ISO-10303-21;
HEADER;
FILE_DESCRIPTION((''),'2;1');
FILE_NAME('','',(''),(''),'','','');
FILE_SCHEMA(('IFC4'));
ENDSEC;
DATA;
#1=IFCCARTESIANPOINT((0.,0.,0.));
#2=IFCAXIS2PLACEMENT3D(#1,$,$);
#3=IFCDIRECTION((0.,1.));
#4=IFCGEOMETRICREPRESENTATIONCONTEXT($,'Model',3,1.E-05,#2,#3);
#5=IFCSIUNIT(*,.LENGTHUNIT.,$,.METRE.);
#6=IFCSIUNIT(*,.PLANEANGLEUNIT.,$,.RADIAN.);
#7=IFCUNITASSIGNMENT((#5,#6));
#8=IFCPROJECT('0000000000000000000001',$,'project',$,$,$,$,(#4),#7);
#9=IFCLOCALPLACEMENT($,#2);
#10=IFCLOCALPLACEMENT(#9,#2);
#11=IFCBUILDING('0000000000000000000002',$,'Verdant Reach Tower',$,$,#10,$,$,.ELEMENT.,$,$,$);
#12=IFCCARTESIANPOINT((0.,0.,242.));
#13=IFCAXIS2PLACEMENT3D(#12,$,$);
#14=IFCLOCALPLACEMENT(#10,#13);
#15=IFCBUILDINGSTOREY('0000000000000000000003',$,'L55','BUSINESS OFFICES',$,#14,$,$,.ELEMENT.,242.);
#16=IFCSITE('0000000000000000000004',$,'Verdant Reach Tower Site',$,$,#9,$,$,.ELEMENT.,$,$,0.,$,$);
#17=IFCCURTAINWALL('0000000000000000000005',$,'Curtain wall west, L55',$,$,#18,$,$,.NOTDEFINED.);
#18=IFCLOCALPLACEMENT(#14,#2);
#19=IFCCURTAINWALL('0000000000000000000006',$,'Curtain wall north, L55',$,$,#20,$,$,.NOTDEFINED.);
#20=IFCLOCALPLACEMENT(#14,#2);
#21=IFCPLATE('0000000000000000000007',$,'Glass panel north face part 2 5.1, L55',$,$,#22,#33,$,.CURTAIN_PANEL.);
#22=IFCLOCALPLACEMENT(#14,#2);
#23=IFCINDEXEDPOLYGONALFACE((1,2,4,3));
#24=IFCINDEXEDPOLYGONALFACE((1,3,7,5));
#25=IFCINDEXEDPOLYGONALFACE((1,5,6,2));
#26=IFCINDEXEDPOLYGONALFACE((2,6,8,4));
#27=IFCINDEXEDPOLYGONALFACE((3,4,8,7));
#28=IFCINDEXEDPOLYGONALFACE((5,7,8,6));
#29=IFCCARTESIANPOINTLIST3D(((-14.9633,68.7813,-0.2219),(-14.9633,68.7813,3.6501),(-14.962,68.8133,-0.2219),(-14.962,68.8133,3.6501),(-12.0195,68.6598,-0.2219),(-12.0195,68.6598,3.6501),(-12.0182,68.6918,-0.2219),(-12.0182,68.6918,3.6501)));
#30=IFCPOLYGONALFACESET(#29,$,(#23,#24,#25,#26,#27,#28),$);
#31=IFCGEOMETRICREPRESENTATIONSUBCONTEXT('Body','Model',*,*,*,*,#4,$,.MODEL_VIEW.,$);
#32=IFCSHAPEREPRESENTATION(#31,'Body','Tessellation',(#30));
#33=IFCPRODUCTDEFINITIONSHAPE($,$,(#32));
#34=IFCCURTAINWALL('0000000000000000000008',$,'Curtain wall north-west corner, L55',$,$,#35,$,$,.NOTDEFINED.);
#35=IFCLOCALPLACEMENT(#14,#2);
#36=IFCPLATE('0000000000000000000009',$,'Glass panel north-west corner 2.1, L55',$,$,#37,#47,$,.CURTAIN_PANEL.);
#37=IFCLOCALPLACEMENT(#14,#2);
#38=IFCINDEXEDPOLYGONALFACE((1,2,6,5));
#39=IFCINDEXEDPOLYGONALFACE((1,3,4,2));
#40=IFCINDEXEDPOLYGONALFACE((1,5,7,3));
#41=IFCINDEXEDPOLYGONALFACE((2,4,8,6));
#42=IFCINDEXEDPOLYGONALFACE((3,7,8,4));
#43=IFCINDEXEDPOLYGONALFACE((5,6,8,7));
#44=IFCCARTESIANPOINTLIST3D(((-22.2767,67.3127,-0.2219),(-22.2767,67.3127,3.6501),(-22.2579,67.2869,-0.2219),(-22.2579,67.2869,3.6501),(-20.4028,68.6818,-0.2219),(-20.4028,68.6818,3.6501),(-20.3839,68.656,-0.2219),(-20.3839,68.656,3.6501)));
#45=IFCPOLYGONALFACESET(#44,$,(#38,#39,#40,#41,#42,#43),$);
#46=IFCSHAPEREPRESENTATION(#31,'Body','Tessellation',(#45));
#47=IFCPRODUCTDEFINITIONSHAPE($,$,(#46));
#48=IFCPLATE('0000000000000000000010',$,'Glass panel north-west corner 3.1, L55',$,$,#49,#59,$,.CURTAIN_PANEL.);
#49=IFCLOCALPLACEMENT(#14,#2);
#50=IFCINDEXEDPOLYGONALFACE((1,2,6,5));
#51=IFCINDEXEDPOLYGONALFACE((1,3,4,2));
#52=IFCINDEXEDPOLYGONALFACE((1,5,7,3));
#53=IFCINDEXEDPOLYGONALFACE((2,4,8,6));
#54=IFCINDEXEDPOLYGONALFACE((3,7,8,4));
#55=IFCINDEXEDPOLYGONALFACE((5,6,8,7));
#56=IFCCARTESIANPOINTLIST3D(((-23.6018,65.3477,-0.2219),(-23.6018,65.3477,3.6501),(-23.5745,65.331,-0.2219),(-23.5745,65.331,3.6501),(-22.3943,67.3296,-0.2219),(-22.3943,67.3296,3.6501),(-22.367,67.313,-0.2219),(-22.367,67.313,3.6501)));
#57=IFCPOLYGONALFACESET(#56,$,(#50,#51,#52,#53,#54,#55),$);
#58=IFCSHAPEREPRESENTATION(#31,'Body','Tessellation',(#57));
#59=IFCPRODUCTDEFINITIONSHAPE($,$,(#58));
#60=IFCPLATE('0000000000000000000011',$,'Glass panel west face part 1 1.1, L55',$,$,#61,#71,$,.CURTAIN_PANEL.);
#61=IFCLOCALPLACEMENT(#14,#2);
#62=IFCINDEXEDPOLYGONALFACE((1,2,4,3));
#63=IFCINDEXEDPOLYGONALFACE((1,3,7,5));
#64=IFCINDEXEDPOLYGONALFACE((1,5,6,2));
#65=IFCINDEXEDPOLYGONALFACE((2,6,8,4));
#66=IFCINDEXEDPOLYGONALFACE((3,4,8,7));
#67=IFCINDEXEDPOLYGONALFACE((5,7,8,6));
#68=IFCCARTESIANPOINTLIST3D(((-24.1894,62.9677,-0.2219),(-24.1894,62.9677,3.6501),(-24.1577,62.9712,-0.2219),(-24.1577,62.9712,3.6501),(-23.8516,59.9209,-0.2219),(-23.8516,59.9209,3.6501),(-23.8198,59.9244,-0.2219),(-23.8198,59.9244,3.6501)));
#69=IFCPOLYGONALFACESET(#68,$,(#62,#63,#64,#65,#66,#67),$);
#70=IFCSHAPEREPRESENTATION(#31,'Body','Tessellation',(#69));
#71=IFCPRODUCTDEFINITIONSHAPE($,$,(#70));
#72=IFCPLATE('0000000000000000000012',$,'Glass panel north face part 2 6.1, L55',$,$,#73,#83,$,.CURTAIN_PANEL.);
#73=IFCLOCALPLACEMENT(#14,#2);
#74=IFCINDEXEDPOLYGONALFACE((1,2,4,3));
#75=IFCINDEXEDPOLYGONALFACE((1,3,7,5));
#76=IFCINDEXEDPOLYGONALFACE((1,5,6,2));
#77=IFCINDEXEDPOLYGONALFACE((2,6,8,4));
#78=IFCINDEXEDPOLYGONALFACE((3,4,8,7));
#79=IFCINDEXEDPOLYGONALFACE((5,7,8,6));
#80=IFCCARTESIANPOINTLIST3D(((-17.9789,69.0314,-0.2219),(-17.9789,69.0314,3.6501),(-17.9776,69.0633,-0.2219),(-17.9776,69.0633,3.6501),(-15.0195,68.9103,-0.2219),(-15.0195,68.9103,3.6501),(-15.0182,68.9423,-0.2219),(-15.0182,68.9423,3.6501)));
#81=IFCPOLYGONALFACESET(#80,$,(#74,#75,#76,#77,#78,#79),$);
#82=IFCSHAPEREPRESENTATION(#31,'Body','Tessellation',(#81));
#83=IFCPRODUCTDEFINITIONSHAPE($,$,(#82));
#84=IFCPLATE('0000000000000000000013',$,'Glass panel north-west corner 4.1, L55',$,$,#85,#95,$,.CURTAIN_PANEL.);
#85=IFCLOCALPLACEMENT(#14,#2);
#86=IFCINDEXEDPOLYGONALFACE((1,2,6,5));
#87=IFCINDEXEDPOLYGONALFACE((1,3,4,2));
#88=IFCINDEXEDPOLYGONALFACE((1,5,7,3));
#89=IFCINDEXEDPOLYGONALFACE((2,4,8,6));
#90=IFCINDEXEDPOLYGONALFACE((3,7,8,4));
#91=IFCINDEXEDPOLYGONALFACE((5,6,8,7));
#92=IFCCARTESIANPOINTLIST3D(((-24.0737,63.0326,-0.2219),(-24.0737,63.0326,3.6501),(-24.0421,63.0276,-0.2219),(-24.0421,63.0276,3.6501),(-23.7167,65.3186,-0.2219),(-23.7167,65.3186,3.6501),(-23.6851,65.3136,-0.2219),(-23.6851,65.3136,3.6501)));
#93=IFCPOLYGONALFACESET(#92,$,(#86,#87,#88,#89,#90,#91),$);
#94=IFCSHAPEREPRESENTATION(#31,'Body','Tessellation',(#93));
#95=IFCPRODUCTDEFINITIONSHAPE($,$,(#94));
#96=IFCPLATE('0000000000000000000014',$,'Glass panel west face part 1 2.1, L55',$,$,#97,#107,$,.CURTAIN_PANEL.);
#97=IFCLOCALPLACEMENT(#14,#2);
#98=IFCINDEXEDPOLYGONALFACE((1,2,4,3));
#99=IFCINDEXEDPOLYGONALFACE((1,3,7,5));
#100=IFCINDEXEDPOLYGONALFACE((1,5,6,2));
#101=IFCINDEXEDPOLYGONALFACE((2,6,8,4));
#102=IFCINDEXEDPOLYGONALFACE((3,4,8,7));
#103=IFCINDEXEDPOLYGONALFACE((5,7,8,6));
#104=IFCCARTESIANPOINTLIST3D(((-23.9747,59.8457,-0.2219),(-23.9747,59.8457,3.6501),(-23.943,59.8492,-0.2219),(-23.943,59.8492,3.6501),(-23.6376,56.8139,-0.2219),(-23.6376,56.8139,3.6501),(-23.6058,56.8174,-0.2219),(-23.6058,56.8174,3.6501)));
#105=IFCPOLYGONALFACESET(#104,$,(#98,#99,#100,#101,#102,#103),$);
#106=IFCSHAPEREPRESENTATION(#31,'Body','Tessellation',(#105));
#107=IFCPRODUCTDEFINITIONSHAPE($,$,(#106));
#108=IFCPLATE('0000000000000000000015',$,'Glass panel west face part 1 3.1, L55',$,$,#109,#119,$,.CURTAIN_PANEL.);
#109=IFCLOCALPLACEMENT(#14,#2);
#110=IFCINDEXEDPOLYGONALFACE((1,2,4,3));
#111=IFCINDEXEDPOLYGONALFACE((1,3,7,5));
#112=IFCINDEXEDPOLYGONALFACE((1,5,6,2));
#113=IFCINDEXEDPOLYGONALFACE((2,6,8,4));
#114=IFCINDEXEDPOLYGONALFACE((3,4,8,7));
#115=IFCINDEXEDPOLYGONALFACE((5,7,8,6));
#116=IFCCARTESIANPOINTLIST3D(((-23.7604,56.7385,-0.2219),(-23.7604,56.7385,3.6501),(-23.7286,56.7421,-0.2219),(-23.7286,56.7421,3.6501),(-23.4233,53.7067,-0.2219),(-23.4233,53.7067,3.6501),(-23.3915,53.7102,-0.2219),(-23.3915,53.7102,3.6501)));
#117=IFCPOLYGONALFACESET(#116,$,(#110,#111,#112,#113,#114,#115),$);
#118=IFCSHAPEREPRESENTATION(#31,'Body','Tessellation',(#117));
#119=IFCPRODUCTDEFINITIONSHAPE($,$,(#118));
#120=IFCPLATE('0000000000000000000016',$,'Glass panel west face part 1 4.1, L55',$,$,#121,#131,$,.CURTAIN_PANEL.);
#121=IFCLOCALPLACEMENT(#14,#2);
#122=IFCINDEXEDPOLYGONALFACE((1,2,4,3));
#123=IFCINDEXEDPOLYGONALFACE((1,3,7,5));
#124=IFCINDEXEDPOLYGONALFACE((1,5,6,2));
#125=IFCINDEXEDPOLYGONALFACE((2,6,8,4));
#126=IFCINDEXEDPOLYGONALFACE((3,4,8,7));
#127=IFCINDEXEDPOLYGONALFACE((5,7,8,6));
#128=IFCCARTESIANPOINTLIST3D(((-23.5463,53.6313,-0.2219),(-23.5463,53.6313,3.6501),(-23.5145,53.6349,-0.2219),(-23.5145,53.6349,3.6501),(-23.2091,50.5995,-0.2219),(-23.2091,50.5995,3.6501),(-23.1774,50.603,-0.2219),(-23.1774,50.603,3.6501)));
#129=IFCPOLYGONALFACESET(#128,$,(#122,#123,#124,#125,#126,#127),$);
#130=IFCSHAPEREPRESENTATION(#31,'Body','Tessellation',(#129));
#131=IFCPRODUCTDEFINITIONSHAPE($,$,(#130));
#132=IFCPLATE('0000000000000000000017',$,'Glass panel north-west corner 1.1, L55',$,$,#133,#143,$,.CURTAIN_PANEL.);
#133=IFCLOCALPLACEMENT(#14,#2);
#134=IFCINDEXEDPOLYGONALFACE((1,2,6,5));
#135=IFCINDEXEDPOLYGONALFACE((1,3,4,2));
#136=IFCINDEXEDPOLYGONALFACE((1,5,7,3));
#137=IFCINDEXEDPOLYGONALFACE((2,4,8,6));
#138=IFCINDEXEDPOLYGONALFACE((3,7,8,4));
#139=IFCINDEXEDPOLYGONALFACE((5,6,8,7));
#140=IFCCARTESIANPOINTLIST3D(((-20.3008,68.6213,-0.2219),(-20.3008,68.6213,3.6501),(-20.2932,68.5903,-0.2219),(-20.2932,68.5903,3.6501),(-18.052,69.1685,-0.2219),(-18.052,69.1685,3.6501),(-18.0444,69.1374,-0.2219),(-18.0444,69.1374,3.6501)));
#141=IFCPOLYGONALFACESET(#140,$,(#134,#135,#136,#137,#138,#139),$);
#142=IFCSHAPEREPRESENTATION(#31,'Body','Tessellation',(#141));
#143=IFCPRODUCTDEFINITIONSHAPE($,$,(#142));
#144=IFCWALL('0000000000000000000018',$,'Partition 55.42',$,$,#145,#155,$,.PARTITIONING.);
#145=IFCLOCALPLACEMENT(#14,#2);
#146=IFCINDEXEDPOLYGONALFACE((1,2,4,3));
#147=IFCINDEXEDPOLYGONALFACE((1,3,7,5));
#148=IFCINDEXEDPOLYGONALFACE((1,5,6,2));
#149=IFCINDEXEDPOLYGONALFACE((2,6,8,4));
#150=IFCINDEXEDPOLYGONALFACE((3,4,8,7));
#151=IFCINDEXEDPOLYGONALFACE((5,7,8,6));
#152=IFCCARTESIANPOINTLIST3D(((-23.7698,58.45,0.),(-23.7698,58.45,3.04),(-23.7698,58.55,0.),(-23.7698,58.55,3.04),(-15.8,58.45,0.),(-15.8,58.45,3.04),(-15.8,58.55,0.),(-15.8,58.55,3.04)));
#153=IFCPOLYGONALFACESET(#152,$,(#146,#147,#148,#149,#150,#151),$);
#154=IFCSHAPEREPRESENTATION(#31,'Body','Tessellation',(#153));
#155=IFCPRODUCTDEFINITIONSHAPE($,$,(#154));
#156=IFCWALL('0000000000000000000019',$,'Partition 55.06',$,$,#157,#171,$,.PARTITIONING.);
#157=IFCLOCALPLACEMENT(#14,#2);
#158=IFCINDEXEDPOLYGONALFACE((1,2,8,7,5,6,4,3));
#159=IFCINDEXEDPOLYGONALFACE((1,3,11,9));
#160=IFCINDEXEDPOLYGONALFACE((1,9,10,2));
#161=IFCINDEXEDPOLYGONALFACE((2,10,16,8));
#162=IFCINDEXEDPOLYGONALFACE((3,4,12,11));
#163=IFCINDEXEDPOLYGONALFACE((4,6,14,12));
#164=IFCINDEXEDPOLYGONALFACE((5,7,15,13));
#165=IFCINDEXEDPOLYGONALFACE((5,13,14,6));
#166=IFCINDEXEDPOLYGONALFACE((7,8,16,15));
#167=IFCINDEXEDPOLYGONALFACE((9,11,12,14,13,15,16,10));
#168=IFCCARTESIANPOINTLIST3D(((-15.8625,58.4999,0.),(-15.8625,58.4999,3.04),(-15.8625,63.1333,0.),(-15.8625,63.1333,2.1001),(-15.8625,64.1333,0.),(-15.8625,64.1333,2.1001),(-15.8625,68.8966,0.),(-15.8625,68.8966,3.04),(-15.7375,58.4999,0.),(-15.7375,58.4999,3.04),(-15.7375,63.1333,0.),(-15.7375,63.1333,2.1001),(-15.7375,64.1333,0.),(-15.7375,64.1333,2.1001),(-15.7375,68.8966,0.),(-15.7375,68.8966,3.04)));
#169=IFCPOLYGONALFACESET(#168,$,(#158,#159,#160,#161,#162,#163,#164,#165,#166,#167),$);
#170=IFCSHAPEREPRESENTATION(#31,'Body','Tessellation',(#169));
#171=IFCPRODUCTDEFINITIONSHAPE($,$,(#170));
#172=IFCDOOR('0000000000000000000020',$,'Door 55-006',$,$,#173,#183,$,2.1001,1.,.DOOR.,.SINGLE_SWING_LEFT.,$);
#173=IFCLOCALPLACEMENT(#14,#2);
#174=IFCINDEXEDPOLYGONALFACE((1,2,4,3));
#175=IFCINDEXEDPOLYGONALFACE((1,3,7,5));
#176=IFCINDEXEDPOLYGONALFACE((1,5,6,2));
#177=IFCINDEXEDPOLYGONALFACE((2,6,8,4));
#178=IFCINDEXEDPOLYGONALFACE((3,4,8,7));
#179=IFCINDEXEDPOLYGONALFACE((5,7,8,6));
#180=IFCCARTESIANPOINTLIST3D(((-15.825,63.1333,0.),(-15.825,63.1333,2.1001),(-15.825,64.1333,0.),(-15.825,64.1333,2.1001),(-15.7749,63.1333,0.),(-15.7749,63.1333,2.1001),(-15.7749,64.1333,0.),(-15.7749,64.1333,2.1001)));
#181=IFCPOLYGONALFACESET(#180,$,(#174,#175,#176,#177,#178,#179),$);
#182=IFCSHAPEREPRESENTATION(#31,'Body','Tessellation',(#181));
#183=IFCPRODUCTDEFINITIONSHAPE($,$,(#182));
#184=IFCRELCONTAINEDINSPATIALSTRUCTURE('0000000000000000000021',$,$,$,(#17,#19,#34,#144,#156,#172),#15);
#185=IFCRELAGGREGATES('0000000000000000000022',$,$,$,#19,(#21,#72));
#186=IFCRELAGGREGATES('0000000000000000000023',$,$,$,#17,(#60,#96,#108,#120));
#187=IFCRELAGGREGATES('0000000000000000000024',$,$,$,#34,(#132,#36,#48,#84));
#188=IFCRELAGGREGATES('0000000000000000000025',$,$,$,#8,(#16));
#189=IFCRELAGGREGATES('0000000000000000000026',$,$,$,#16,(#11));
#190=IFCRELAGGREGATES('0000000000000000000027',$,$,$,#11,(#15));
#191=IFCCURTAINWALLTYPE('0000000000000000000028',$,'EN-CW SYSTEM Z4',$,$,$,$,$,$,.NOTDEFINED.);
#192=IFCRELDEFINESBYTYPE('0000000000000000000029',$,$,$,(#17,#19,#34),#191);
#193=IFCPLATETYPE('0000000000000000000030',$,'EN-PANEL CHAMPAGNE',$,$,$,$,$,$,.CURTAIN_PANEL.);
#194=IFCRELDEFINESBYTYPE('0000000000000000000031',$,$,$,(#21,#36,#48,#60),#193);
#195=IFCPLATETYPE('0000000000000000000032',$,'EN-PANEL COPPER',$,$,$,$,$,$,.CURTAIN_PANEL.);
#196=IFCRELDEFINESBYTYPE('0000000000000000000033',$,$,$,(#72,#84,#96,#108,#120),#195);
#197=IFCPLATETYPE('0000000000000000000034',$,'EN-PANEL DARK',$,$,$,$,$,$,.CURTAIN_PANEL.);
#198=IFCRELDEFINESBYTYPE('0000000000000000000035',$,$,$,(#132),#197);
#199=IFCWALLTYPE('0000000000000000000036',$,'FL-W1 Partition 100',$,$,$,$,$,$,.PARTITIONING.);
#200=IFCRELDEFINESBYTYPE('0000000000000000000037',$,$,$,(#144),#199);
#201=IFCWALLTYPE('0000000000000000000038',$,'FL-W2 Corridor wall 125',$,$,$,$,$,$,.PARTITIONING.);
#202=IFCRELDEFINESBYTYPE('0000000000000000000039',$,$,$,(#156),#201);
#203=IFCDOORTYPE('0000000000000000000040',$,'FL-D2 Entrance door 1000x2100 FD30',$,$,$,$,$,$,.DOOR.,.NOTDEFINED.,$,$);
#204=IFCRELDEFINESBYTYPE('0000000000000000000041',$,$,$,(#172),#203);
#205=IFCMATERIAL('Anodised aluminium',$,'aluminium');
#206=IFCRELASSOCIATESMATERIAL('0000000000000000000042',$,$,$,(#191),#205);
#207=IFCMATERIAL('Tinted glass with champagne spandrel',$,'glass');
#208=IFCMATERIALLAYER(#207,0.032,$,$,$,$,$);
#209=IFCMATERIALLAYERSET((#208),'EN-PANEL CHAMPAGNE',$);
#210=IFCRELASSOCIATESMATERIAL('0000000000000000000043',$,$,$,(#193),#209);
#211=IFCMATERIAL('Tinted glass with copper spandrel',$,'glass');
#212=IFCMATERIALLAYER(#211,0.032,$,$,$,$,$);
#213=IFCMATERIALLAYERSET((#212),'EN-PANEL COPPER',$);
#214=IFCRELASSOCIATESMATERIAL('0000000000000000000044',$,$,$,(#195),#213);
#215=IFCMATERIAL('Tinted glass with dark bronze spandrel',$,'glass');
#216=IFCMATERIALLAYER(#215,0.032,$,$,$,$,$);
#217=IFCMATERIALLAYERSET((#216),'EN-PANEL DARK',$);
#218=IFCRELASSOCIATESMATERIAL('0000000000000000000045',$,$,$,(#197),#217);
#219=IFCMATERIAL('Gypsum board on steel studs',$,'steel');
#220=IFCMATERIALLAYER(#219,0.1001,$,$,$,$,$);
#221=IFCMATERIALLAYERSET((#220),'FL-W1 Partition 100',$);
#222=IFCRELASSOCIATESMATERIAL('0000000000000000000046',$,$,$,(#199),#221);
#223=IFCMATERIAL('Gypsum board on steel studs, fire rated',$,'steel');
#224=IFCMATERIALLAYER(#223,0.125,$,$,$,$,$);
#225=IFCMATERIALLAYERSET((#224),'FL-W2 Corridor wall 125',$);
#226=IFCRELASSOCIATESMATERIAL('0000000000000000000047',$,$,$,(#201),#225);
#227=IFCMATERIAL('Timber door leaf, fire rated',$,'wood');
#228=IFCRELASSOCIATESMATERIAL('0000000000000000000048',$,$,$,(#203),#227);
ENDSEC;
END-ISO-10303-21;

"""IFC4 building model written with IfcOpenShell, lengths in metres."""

from ifc_helpers import new_model, si_unit, direction, frame, frame_2d, origin, origin_2d, place, context, subcontext, project, spatial, rectangle, extrude, material, layer, layer_set, type_object, element, fill, aggregate, save


model = new_model("IFC4")

# Units and contexts
model_context = context("Model", 3, precision=1e-05, world=origin(), true_north=direction((0.0, 1.0)))
body_context = subcontext(model_context, "Body", "Model", "MODEL_VIEW")
ifc_project = project(units=[si_unit("LENGTHUNIT", "METRE"), si_unit("PLANEANGLEUNIT", "RADIAN")], contexts=[model_context])

# Site, building, storey
site_placement = place(None, origin())
site = spatial("IfcSite", under=ifc_project, at=site_placement, Name="Verdant Reach Tower Site", CompositionType="ELEMENT", RefElevation=0.0)
building_placement = place(site_placement, origin())
building = spatial("IfcBuilding", under=site, at=building_placement, Name="Verdant Reach Tower", CompositionType="ELEMENT")
storey_placement = place(building_placement, frame((0.0, 0.0, 242.0)))
storey = spatial("IfcBuildingStorey", under=building, at=storey_placement, Name="L55", Description="BUSINESS OFFICES", CompositionType="ELEMENT", Elevation=242.0)

# Curtain wall
ifc_material_1 = material(Name="Anodised aluminium", Category="aluminium")
curtain_wall_type = type_object("IfcCurtainWallType", Name="EN-CW SYSTEM Z4", PredefinedType="NOTDEFINED", material=ifc_material_1)
curtain_wall_1_placement = place(storey_placement, origin())
curtain_wall_1 = element("IfcCurtainWall", 1, at=curtain_wall_1_placement, inside=storey, type_object=curtain_wall_type, Name="Curtain wall west, L55", PredefinedType="NOTDEFINED")

# Curtain wall, plate
curtain_wall_2_placement = place(storey_placement, origin())
curtain_wall_2 = element("IfcCurtainWall", 2, at=curtain_wall_2_placement, inside=storey, type_object=curtain_wall_type, Name="Curtain wall north, L55", PredefinedType="NOTDEFINED")
ifc_material_2 = material(Name="Tinted glass with champagne spandrel", Category="glass")
ifc_layer_1 = layer(ifc_material_2, 0.032)
ifc_layer_set_1 = layer_set([ifc_layer_1], Name="EN-PANEL CHAMPAGNE")
plate_type_1 = type_object("IfcPlateType", Name="EN-PANEL CHAMPAGNE", PredefinedType="CURTAIN_PANEL", material=ifc_layer_set_1)
plate_1_placement = place(storey_placement, frame((-13.4907, 68.7366, -0.2219), z_axis=(0.0, 0.0, 1.0), x_axis=(-0.999149, 0.041242, 0.0)))
plate_1 = element("IfcPlate", 3, at=plate_1_placement, type_object=plate_type_1, Name="Glass panel north face part 2 5.1, L55", PredefinedType="CURTAIN_PANEL", context=body_context, shape_type="SweptSolid", body=[
    extrude(rectangle(XDim=2.9463, YDim=0.032, at=origin_2d()), origin(), (0.0, 0.0, 1.0), 3.8721),
])

# Curtain wall, plates
curtain_wall_3_placement = place(storey_placement, origin())
curtain_wall_3 = element("IfcCurtainWall", 4, at=curtain_wall_3_placement, inside=storey, type_object=curtain_wall_type, Name="Curtain wall north-west corner, L55", PredefinedType="NOTDEFINED")
plate_2_placement = place(storey_placement, frame((-21.3303, 67.9844, -0.2219), z_axis=(0.0, 0.0, 1.0), x_axis=(-0.807457, -0.589927, 0.0)))
plate_2 = element("IfcPlate", 5, at=plate_2_placement, type_object=plate_type_1, Name="Glass panel north-west corner 2.1, L55", PredefinedType="CURTAIN_PANEL", context=body_context, shape_type="SweptSolid", body=[
    extrude(rectangle(XDim=2.3208, YDim=0.032, at=origin_2d()), origin(), (0.0, 0.0, 1.0), 3.8721),
])
plate_3_placement = place(storey_placement, frame((-22.9844, 66.3303, -0.2219), z_axis=(0.0, 0.0, 1.0), x_axis=(-0.520292, -0.853989, 0.0)))
plate_3 = element("IfcPlate", 6, at=plate_3_placement, type_object=plate_type_1, Name="Glass panel north-west corner 3.1, L55", PredefinedType="CURTAIN_PANEL", context=body_context, shape_type="SweptSolid", body=[
    extrude(rectangle(XDim=2.3208, YDim=0.032, at=origin_2d()), origin(), (0.0, 0.0, 1.0), 3.8721),
])

# Plates
plate_4_placement = place(storey_placement, frame((-24.0046, 61.446, -0.2219), z_axis=(0.0, 0.0, 1.0), x_axis=(0.110206, -0.993909, 0.0)))
plate_4 = element("IfcPlate", 7, at=plate_4_placement, type_object=plate_type_1, Name="Glass panel west face part 1 1.1, L55", PredefinedType="CURTAIN_PANEL", context=body_context, shape_type="SweptSolid", body=[
    extrude(rectangle(XDim=3.0654, YDim=0.032, at=origin_2d()), origin(), (0.0, 0.0, 1.0), 3.8721),
])
ifc_material_3 = material(Name="Tinted glass with copper spandrel", Category="glass")
ifc_layer_2 = layer(ifc_material_3, 0.032)
ifc_layer_set_2 = layer_set([ifc_layer_2], Name="EN-PANEL COPPER")
plate_type_2 = type_object("IfcPlateType", Name="EN-PANEL COPPER", PredefinedType="CURTAIN_PANEL", material=ifc_layer_set_2)
plate_5_placement = place(storey_placement, frame((-16.4985, 68.9868, -0.2219), z_axis=(0.0, 0.0, 1.0), x_axis=(-0.999164, 0.040881, 0.0)))
plate_5 = element("IfcPlate", 8, at=plate_5_placement, type_object=plate_type_2, Name="Glass panel north face part 2 6.1, L55", PredefinedType="CURTAIN_PANEL", context=body_context, shape_type="SweptSolid", body=[
    extrude(rectangle(XDim=2.9619, YDim=0.032, at=origin_2d()), origin(), (0.0, 0.0, 1.0), 3.8721),
])
aggregate(curtain_wall_2, [plate_1, plate_5])
plate_6_placement = place(storey_placement, frame((-23.8794, 64.1731, -0.2219), z_axis=(0.0, 0.0, 1.0), x_axis=(-0.154325, -0.98802, 0.0)))
plate_6 = element("IfcPlate", 9, at=plate_6_placement, type_object=plate_type_2, Name="Glass panel north-west corner 4.1, L55", PredefinedType="CURTAIN_PANEL", context=body_context, shape_type="SweptSolid", body=[
    extrude(rectangle(XDim=2.3137, YDim=0.032, at=origin_2d()), origin(), (0.0, 0.0, 1.0), 3.8721),
])
plate_7_placement = place(storey_placement, frame((-23.7903, 58.3315, -0.2219), z_axis=(0.0, 0.0, 1.0), x_axis=(0.110518, -0.993874, 0.0)))
plate_7 = element("IfcPlate", 10, at=plate_7_placement, type_object=plate_type_2, Name="Glass panel west face part 1 2.1, L55", PredefinedType="CURTAIN_PANEL", context=body_context, shape_type="SweptSolid", body=[
    extrude(rectangle(XDim=3.0505, YDim=0.032, at=origin_2d()), origin(), (0.0, 0.0, 1.0), 3.8721),
])
plate_8_placement = place(storey_placement, frame((-23.5759, 55.2244, -0.2219), z_axis=(0.0, 0.0, 1.0), x_axis=(0.110518, -0.993874, 0.0)))
plate_8 = element("IfcPlate", 11, at=plate_8_placement, type_object=plate_type_2, Name="Glass panel west face part 1 3.1, L55", PredefinedType="CURTAIN_PANEL", context=body_context, shape_type="SweptSolid", body=[
    extrude(rectangle(XDim=3.0505, YDim=0.032, at=origin_2d()), origin(), (0.0, 0.0, 1.0), 3.8721),
])
plate_9_placement = place(storey_placement, frame((-23.3618, 52.1172, -0.2219), z_axis=(0.0, 0.0, 1.0), x_axis=(0.110518, -0.993874, 0.0)))
plate_9 = element("IfcPlate", 12, at=plate_9_placement, type_object=plate_type_2, Name="Glass panel west face part 1 4.1, L55", PredefinedType="CURTAIN_PANEL", context=body_context, shape_type="SweptSolid", body=[
    extrude(rectangle(XDim=3.0505, YDim=0.032, at=origin_2d()), origin(), (0.0, 0.0, 1.0), 3.8721),
])
aggregate(curtain_wall_1, [plate_4, plate_7, plate_8, plate_9])
ifc_material_4 = material(Name="Tinted glass with dark bronze spandrel", Category="glass")
ifc_layer_3 = layer(ifc_material_4, 0.032)
ifc_layer_set_3 = layer_set([ifc_layer_3], Name="EN-PANEL DARK")
plate_type_3 = type_object("IfcPlateType", Name="EN-PANEL DARK", PredefinedType="CURTAIN_PANEL", material=ifc_layer_set_3)
plate_10_placement = place(storey_placement, frame((-19.1726, 68.8794, -0.2219), z_axis=(0.0, 0.0, 1.0), x_axis=(-0.971652, -0.236414, 0.0)))
plate_10 = element("IfcPlate", 13, at=plate_10_placement, type_object=plate_type_3, Name="Glass panel north-west corner 1.1, L55", PredefinedType="CURTAIN_PANEL", context=body_context, shape_type="SweptSolid", body=[
    extrude(rectangle(XDim=2.3145, YDim=0.032, at=origin_2d()), origin(), (0.0, 0.0, 1.0), 3.8721),
])
aggregate(curtain_wall_3, [plate_10, plate_2, plate_3, plate_6])

# Wall
ifc_material_5 = material(Name="Gypsum board on steel studs", Category="steel")
ifc_layer_4 = layer(ifc_material_5, 0.1001)
ifc_layer_set_4 = layer_set([ifc_layer_4], Name="FL-W1 Partition 100")
wall_type_1 = type_object("IfcWallType", Name="FL-W1 Partition 100", PredefinedType="PARTITIONING", material=ifc_layer_set_4)
wall_1_placement = place(storey_placement, frame((-15.8, 58.5, 0.0), z_axis=(0.0, 0.0, 1.0), x_axis=(-1.0, 0.0, 0.0)))
element("IfcWall", 14, at=wall_1_placement, inside=storey, type_object=wall_type_1, Name="Partition 55.42", PredefinedType="PARTITIONING", context=body_context, shape_type="SweptSolid", body=[
    extrude(rectangle(XDim=7.9697, YDim=0.1001, at=frame_2d((3.9849, 0.0))), origin(), (0.0, 0.0, 1.0), 3.04),
])

# Wall, opening, door
ifc_material_6 = material(Name="Gypsum board on steel studs, fire rated", Category="steel")
ifc_layer_5 = layer(ifc_material_6, 0.125)
ifc_layer_set_5 = layer_set([ifc_layer_5], Name="FL-W2 Corridor wall 125")
wall_type_2 = type_object("IfcWallType", Name="FL-W2 Corridor wall 125", PredefinedType="PARTITIONING", material=ifc_layer_set_5)
wall_2_placement = place(storey_placement, frame((-15.8, 58.5, 0.0), z_axis=(0.0, 0.0, 1.0), x_axis=(0.0, 1.0, 0.0)))
wall_2 = element("IfcWall", 15, at=wall_2_placement, inside=storey, type_object=wall_type_2, Name="Partition 55.06", PredefinedType="PARTITIONING", context=body_context, shape_type="SweptSolid", body=[
    extrude(rectangle(XDim=10.3967, YDim=0.125, at=frame_2d((5.1982, 0.0))), origin(), (0.0, 0.0, 1.0), 3.04),
])
opening_1_placement = place(wall_2_placement, frame((4.6333, 0.0, 0.0)))
opening_1 = element("IfcOpeningElement", 16, at=opening_1_placement, cuts=wall_2, PredefinedType="OPENING", context=body_context, shape_type="SweptSolid", body=[
    extrude(rectangle(XDim=1.0, YDim=2.1001, at=frame_2d((0.5, 1.05))), frame((0.0, 0.0725, 0.0), z_axis=(0.0, -1.0, 0.0), x_axis=(1.0, 0.0, 0.0)), (0.0, 0.0, 1.0), 0.145),
])
ifc_material_7 = material(Name="Timber door leaf, fire rated", Category="wood")
door_type = type_object("IfcDoorType", Name="FL-D2 Entrance door 1000x2100 FD30", OperationType="NOTDEFINED", PredefinedType="DOOR", material=ifc_material_7)
door_1_placement = place(opening_1_placement, origin())
door_1 = element("IfcDoor", 17, at=door_1_placement, inside=storey, type_object=door_type, Name="Door 55-006", OperationType="SINGLE_SWING_LEFT", OverallHeight=2.1001, OverallWidth=1.0, PredefinedType="DOOR", context=body_context, shape_type="SweptSolid", body=[
    extrude(rectangle(XDim=1.0, YDim=2.1001, at=frame_2d((0.5, 1.05))), frame((0.0, 0.0249, 0.0), z_axis=(0.0, -1.0, 0.0), x_axis=(1.0, 0.0, 0.0)), (0.0, 0.0, 1.0), 0.05),
])
fill(opening_1, door_1)

save(model, "model.ifc")
